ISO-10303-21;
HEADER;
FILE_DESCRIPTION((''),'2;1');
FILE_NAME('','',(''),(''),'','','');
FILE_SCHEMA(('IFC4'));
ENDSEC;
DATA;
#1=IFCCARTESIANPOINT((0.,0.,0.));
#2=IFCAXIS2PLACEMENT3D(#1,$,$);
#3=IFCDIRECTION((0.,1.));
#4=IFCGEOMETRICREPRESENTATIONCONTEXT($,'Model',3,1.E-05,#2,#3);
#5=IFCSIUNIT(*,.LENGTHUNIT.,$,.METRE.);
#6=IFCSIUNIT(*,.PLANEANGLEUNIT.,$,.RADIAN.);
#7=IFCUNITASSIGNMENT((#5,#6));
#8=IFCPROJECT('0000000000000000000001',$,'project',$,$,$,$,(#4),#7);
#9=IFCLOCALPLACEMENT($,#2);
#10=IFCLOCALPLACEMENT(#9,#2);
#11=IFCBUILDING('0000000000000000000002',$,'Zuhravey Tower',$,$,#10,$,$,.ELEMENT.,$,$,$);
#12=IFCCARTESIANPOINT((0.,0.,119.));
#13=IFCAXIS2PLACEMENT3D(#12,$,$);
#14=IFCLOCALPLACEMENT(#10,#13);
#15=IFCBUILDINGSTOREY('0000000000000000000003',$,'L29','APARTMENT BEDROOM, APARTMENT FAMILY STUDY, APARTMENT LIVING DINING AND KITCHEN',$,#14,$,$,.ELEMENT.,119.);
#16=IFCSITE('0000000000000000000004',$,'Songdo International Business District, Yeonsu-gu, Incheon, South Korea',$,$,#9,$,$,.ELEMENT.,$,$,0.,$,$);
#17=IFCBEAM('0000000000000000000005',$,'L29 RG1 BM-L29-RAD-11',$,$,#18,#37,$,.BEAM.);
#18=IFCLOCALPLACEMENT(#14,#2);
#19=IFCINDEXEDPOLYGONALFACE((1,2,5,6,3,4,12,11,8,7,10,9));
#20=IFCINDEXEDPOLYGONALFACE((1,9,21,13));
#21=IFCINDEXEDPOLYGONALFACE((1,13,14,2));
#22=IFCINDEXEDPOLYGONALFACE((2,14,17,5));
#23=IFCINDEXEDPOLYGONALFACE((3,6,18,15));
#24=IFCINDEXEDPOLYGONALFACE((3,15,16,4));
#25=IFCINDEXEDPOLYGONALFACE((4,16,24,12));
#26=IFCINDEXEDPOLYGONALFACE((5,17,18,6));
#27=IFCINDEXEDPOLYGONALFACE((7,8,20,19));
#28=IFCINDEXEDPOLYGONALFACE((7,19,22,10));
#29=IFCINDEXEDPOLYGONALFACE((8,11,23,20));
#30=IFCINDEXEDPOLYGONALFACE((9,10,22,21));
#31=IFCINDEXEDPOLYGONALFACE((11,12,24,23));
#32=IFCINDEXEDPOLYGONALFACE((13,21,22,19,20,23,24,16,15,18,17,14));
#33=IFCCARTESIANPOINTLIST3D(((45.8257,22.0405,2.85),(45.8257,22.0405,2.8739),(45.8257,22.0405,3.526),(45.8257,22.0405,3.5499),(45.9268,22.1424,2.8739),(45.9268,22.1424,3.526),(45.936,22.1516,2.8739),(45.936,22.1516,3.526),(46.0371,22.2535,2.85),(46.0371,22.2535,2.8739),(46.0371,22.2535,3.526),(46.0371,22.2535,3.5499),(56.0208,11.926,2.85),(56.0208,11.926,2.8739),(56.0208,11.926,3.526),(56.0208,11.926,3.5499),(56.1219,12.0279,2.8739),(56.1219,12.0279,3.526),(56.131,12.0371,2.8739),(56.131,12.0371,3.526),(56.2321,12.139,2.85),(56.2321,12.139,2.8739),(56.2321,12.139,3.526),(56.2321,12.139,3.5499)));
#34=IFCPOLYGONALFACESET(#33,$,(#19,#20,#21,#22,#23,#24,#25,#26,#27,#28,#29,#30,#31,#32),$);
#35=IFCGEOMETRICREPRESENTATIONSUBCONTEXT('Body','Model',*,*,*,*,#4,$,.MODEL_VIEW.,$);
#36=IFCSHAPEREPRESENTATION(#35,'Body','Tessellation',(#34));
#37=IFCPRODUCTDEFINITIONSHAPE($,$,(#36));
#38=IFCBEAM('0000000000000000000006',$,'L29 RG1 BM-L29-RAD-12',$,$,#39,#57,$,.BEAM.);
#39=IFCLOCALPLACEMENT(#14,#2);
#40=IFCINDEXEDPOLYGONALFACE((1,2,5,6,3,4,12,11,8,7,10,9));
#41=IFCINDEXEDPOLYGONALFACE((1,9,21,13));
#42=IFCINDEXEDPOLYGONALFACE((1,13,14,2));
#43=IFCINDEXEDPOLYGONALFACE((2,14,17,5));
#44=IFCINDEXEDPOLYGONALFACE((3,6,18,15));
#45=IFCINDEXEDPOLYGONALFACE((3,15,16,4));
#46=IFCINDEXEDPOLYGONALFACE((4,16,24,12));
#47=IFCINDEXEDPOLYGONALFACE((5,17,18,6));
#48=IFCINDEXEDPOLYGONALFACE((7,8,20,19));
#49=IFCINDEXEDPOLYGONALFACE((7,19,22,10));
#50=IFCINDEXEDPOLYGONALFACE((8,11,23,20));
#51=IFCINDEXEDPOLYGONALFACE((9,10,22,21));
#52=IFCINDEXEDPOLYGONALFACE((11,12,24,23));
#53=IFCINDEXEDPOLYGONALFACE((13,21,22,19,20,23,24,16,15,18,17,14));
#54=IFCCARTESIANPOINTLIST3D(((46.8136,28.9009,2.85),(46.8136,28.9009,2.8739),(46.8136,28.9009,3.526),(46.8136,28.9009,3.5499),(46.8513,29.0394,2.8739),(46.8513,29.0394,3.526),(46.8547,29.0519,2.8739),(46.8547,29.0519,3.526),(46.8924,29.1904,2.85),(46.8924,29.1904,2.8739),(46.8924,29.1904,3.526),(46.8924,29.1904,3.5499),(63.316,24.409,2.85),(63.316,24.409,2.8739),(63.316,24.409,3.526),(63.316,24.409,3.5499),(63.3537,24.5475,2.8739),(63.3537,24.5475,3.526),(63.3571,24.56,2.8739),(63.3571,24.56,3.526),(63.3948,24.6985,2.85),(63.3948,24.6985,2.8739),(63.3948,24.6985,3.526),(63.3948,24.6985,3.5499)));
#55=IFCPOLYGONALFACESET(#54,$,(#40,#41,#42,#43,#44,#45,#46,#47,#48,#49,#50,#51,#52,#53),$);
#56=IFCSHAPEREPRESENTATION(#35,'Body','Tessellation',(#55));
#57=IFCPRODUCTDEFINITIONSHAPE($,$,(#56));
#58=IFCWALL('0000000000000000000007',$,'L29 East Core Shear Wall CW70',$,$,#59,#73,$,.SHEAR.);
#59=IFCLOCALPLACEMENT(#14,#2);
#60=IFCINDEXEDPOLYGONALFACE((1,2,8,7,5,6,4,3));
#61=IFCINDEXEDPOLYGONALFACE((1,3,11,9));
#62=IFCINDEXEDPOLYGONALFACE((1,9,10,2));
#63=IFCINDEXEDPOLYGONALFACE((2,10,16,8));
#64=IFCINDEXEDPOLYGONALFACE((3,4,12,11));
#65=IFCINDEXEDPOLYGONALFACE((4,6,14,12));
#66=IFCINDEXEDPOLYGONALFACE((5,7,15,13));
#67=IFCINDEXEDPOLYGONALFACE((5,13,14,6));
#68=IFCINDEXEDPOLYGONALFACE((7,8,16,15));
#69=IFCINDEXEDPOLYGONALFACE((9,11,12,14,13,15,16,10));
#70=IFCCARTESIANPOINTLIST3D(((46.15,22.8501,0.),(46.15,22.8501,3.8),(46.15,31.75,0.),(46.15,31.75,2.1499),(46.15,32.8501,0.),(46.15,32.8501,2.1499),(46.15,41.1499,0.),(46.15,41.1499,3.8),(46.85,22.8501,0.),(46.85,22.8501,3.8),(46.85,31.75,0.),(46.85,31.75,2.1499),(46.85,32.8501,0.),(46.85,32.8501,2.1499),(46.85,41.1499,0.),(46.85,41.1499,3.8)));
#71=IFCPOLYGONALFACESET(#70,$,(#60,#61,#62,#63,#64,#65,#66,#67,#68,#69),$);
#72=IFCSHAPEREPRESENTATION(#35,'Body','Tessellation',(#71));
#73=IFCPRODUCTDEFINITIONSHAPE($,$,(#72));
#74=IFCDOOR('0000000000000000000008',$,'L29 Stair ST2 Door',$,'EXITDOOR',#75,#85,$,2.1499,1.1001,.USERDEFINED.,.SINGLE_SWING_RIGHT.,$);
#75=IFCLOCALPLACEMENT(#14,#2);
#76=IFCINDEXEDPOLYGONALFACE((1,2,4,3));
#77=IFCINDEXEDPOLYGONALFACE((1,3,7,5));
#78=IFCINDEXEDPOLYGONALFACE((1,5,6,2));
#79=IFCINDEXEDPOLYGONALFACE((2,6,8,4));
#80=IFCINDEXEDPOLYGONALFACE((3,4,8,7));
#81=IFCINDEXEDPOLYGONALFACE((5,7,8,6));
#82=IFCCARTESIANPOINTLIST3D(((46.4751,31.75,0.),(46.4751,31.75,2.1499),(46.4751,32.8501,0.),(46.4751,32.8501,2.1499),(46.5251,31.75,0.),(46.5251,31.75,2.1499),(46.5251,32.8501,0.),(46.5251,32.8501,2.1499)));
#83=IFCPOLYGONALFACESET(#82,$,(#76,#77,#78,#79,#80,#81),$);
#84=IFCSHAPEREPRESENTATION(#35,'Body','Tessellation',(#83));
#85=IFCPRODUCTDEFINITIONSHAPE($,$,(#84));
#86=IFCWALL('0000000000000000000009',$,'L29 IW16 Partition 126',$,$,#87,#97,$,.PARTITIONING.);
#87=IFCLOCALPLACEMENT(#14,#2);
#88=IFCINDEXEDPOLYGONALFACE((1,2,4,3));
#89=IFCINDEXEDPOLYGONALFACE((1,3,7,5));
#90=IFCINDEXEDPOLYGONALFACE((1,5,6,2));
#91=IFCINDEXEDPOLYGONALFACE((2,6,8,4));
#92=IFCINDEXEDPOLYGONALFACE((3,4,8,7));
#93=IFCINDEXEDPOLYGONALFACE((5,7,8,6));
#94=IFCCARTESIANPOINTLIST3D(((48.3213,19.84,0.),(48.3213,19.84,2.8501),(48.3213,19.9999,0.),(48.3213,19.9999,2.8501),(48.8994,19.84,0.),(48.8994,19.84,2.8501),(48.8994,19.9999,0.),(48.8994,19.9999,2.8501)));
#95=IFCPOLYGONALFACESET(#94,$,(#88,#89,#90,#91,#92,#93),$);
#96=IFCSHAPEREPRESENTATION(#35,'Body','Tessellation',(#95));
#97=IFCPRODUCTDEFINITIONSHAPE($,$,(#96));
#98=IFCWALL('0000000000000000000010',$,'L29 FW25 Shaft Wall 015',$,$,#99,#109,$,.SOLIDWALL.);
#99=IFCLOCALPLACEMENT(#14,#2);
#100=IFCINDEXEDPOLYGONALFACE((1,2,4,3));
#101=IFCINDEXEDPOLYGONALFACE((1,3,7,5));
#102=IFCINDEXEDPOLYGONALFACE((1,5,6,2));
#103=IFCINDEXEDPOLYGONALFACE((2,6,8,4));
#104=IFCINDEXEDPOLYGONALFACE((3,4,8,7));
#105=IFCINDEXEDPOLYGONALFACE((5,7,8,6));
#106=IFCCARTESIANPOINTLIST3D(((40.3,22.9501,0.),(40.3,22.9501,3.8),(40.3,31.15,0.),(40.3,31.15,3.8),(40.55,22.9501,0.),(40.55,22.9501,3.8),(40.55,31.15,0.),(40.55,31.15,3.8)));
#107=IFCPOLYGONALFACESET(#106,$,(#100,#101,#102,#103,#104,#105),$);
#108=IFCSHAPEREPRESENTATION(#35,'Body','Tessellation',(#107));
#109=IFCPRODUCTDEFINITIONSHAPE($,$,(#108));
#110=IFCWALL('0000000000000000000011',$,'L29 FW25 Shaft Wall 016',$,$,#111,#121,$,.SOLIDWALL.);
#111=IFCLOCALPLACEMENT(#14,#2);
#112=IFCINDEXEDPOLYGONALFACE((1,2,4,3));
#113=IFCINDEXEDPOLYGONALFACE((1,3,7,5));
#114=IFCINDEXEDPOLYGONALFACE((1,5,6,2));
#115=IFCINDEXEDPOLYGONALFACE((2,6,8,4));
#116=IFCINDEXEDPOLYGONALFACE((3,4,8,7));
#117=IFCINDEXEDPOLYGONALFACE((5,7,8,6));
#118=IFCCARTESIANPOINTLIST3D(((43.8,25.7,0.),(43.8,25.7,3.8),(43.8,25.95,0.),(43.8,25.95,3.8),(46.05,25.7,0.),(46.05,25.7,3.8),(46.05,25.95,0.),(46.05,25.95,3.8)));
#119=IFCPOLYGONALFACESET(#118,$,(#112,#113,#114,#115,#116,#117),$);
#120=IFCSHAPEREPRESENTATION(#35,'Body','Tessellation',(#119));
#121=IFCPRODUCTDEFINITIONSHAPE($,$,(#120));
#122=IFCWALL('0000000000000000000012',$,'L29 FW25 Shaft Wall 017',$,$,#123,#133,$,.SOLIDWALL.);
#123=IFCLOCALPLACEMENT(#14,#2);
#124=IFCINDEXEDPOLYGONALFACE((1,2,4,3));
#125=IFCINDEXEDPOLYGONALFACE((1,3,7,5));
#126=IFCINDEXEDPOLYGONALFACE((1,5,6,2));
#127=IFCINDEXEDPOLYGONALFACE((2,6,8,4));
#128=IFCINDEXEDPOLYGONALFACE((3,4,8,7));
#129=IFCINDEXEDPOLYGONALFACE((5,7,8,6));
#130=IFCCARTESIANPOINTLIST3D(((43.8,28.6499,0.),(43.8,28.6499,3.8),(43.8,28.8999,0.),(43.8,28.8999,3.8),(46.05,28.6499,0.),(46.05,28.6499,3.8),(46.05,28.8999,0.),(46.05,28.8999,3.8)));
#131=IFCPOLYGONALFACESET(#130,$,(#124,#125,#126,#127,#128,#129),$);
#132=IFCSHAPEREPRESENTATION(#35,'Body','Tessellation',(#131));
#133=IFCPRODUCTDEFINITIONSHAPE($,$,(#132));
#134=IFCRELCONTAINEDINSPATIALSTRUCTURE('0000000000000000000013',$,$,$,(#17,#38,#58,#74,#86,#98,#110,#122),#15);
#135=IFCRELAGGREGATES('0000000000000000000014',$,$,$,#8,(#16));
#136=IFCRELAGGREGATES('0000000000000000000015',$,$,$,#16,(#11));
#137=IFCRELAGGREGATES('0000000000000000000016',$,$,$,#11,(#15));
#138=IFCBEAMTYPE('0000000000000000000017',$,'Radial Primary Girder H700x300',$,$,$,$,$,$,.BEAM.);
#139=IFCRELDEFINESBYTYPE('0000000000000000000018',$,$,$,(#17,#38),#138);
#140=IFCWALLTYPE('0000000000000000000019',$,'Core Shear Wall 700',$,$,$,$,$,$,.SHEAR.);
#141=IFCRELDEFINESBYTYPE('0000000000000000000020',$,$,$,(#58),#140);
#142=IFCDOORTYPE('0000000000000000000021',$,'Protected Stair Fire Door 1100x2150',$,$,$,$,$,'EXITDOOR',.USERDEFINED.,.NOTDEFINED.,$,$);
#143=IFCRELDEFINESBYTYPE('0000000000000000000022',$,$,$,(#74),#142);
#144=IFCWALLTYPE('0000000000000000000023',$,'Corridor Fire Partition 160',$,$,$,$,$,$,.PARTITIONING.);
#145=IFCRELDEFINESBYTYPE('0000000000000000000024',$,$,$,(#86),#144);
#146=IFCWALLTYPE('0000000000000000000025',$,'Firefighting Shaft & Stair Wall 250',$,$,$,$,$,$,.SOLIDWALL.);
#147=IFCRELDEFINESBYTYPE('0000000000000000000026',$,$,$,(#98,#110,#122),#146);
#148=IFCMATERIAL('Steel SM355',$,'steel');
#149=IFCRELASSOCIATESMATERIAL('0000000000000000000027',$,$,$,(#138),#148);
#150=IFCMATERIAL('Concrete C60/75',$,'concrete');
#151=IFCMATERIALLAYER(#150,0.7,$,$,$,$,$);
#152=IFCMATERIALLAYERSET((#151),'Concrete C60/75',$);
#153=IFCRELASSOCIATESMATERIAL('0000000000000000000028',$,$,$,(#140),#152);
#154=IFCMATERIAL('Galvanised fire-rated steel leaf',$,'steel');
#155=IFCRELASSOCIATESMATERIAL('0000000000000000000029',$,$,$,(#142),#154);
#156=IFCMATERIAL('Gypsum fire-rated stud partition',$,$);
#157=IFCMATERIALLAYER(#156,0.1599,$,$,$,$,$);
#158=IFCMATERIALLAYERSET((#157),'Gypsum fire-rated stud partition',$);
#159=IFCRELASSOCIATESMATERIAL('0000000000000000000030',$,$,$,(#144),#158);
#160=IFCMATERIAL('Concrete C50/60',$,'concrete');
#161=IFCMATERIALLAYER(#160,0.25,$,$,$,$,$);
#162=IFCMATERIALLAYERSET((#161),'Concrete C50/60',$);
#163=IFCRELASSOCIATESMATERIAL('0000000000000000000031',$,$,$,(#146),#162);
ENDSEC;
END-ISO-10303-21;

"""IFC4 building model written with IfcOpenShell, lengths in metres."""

from ifc_helpers import new_model, si_unit, direction, frame, frame_2d, origin, origin_2d, place, context, subcontext, project, spatial, rectangle, i_section, extrude, material, layer, layer_set, material_profile, profile_set, type_object, element, fill, save


model = new_model("IFC4")

# Units and contexts
model_context = context("Model", 3, precision=1e-05, world=origin(), true_north=direction((0.0, 1.0)))
body_context = subcontext(model_context, "Body", "Model", "MODEL_VIEW")
ifc_project = project(units=[si_unit("LENGTHUNIT", "METRE"), si_unit("PLANEANGLEUNIT", "RADIAN")], contexts=[model_context])

# Site, building, storey
site_placement = place(None, origin())
site = spatial("IfcSite", under=ifc_project, at=site_placement, Name="Songdo International Business District, Yeonsu-gu, Incheon, South Korea", CompositionType="ELEMENT", RefElevation=0.0)
building_placement = place(site_placement, origin())
building = spatial("IfcBuilding", under=site, at=building_placement, Name="Zuhravey Tower", CompositionType="ELEMENT")
storey_placement = place(building_placement, frame((0.0, 0.0, 119.0)))
storey = spatial("IfcBuildingStorey", under=building, at=storey_placement, Name="L29", Description="APARTMENT BEDROOM, APARTMENT FAMILY STUDY, APARTMENT LIVING DINING AND KITCHEN", CompositionType="ELEMENT", Elevation=119.0)

# Beams
ifc_material_1 = material(Name="Steel SM355", Category="steel")
ifc_material_profile = material_profile(ifc_material_1, i_section(OverallWidth=0.3, OverallDepth=0.7, WebThickness=0.0129, FlangeThickness=0.0239, at=origin_2d()), Name="H-700x300x13x24")
ifc_profile_set = profile_set([ifc_material_profile], Name="Steel SM355")
beam_type = type_object("IfcBeamType", Name="Radial Primary Girder H700x300", PredefinedType="BEAM", material=ifc_profile_set)
beam_1_placement = place(storey_placement, frame((45.9314, 22.147, 3.2), z_axis=(0.709906, -0.704296, 0.0), x_axis=(0.704296, 0.709906, 0.0)))
element("IfcBeam", 1, at=beam_1_placement, inside=storey, type_object=beam_type, Name="L29 RG1 BM-L29-RAD-11", PredefinedType="BEAM", context=body_context, shape_type="SweptSolid", body=[
    extrude(i_section(OverallWidth=0.3, OverallDepth=0.7, WebThickness=0.0129, FlangeThickness=0.0239, at=origin_2d()), origin(), (0.0, 0.0, 1.0), 14.3611),
])
beam_2_placement = place(storey_placement, frame((46.853, 29.0457, 3.2), z_axis=(0.964893, -0.262643, 0.0), x_axis=(0.262643, 0.964893, 0.0)))
element("IfcBeam", 2, at=beam_2_placement, inside=storey, type_object=beam_type, Name="L29 RG1 BM-L29-RAD-12", PredefinedType="BEAM", context=body_context, shape_type="SweptSolid", body=[
    extrude(i_section(OverallWidth=0.3, OverallDepth=0.7, WebThickness=0.0129, FlangeThickness=0.0239, at=origin_2d()), origin(), (0.0, 0.0, 1.0), 17.1028),
])

# Wall, opening, door
ifc_material_2 = material(Name="Concrete C60/75", Category="concrete")
ifc_layer_1 = layer(ifc_material_2, 0.7)
ifc_layer_set_1 = layer_set([ifc_layer_1], Name="Concrete C60/75")
wall_type_1 = type_object("IfcWallType", Name="Core Shear Wall 700", PredefinedType="SHEAR", material=ifc_layer_set_1)
wall_1_placement = place(storey_placement, frame((46.5, 22.8501, 0.0), z_axis=(0.0, 0.0, 1.0), x_axis=(0.0, 1.0, 0.0)))
wall_1 = element("IfcWall", 3, at=wall_1_placement, inside=storey, type_object=wall_type_1, Name="L29 East Core Shear Wall CW70", PredefinedType="SHEAR", context=body_context, shape_type="SweptSolid", body=[
    extrude(rectangle(XDim=18.2998, YDim=0.7, at=frame_2d((9.1499, 0.0))), origin(), (0.0, 0.0, 1.0), 3.8),
])
opening_1_placement = place(wall_1_placement, frame((8.8999, 0.0, 0.0)))
opening_1 = element("IfcOpeningElement", 4, at=opening_1_placement, cuts=wall_1, PredefinedType="OPENING", context=body_context, shape_type="SweptSolid", body=[
    extrude(rectangle(XDim=1.1001, YDim=2.1499, at=frame_2d((0.55, 1.075))), frame((0.0, 0.3621, 0.0), z_axis=(0.0, -1.0, 0.0), x_axis=(1.0, 0.0, 0.0)), (0.0, 0.0, 1.0), 0.7239),
])
ifc_material_3 = material(Name="Galvanised fire-rated steel leaf", Category="steel")
door_type_1 = type_object("IfcDoorType", Name="Protected Stair Fire Door 1100x2150", ElementType="EXITDOOR", OperationType="NOTDEFINED", PredefinedType="USERDEFINED", material=ifc_material_3)
door_1_placement = place(opening_1_placement, origin())
door_1 = element("IfcDoor", 5, at=door_1_placement, inside=storey, type_object=door_type_1, Name="L29 Stair ST2 Door", ObjectType="EXITDOOR", OperationType="SINGLE_SWING_RIGHT", OverallHeight=2.1499, OverallWidth=1.1001, PredefinedType="USERDEFINED", context=body_context, shape_type="SweptSolid", body=[
    extrude(rectangle(XDim=1.1001, YDim=2.1499, at=frame_2d((0.55, 1.075))), frame((0.0, 0.0249, 0.0), z_axis=(0.0, -1.0, 0.0), x_axis=(1.0, 0.0, 0.0)), (0.0, 0.0, 1.0), 0.05),
])
fill(opening_1, door_1)
ifc_material_4 = material(Name="Gypsum fire-rated stud partition")
ifc_layer_2 = layer(ifc_material_4, 0.1599)
ifc_layer_set_2 = layer_set([ifc_layer_2], Name="Gypsum fire-rated stud partition")
wall_type_2 = type_object("IfcWallType", Name="Corridor Fire Partition 160", PredefinedType="PARTITIONING", material=ifc_layer_set_2)

# Walls
wall_2_placement = place(storey_placement, frame((48.3213, 19.9199, 0.0), z_axis=(0.0, 0.0, 1.0), x_axis=(1.0, 0.0, 0.0)))
element("IfcWall", 6, at=wall_2_placement, inside=storey, type_object=wall_type_2, Name="L29 IW16 Partition 126", PredefinedType="PARTITIONING", context=body_context, shape_type="SweptSolid", body=[
    extrude(rectangle(XDim=0.5781, YDim=0.1599, at=frame_2d((0.2891, 0.0))), origin(), (0.0, 0.0, 1.0), 2.8501),
])
ifc_material_5 = material(Name="Concrete C50/60", Category="concrete")
ifc_layer_3 = layer(ifc_material_5, 0.25)
ifc_layer_set_3 = layer_set([ifc_layer_3], Name="Concrete C50/60")
wall_type_3 = type_object("IfcWallType", Name="Firefighting Shaft & Stair Wall 250", PredefinedType="SOLIDWALL", material=ifc_layer_set_3)
wall_3_placement = place(storey_placement, frame((40.425, 22.95, 0.0), z_axis=(0.0, 0.0, 1.0), x_axis=(0.0, 1.0, 0.0)))
element("IfcWall", 7, at=wall_3_placement, inside=storey, type_object=wall_type_3, Name="L29 FW25 Shaft Wall 015", PredefinedType="SOLIDWALL", context=body_context, shape_type="SweptSolid", body=[
    extrude(rectangle(XDim=8.2, YDim=0.25, at=frame_2d((4.1001, 0.0))), origin(), (0.0, 0.0, 1.0), 3.8),
])
for number, where, z_axis, x_axis, name in (
    (8, (43.8, 25.825, 0.0), (0.0, 0.0, 1.0), (1.0, 0.0, 0.0), "L29 FW25 Shaft Wall 016"),
    (9, (43.8, 28.7749, 0.0), (0.0, 0.0, 1.0), (1.0, 0.0, 0.0), "L29 FW25 Shaft Wall 017"),
):
    element("IfcWall", number, at=place(storey_placement, frame(where, z_axis=z_axis, x_axis=x_axis)), inside=storey, type_object=wall_type_3, Name=name, PredefinedType="SOLIDWALL", context=body_context, shape_type="SweptSolid", body=[
        extrude(rectangle(XDim=2.25, YDim=0.25, at=frame_2d((1.125, 0.0))), origin(), (0.0, 0.0, 1.0), 3.8),
    ])

save(model, "model.ifc")
